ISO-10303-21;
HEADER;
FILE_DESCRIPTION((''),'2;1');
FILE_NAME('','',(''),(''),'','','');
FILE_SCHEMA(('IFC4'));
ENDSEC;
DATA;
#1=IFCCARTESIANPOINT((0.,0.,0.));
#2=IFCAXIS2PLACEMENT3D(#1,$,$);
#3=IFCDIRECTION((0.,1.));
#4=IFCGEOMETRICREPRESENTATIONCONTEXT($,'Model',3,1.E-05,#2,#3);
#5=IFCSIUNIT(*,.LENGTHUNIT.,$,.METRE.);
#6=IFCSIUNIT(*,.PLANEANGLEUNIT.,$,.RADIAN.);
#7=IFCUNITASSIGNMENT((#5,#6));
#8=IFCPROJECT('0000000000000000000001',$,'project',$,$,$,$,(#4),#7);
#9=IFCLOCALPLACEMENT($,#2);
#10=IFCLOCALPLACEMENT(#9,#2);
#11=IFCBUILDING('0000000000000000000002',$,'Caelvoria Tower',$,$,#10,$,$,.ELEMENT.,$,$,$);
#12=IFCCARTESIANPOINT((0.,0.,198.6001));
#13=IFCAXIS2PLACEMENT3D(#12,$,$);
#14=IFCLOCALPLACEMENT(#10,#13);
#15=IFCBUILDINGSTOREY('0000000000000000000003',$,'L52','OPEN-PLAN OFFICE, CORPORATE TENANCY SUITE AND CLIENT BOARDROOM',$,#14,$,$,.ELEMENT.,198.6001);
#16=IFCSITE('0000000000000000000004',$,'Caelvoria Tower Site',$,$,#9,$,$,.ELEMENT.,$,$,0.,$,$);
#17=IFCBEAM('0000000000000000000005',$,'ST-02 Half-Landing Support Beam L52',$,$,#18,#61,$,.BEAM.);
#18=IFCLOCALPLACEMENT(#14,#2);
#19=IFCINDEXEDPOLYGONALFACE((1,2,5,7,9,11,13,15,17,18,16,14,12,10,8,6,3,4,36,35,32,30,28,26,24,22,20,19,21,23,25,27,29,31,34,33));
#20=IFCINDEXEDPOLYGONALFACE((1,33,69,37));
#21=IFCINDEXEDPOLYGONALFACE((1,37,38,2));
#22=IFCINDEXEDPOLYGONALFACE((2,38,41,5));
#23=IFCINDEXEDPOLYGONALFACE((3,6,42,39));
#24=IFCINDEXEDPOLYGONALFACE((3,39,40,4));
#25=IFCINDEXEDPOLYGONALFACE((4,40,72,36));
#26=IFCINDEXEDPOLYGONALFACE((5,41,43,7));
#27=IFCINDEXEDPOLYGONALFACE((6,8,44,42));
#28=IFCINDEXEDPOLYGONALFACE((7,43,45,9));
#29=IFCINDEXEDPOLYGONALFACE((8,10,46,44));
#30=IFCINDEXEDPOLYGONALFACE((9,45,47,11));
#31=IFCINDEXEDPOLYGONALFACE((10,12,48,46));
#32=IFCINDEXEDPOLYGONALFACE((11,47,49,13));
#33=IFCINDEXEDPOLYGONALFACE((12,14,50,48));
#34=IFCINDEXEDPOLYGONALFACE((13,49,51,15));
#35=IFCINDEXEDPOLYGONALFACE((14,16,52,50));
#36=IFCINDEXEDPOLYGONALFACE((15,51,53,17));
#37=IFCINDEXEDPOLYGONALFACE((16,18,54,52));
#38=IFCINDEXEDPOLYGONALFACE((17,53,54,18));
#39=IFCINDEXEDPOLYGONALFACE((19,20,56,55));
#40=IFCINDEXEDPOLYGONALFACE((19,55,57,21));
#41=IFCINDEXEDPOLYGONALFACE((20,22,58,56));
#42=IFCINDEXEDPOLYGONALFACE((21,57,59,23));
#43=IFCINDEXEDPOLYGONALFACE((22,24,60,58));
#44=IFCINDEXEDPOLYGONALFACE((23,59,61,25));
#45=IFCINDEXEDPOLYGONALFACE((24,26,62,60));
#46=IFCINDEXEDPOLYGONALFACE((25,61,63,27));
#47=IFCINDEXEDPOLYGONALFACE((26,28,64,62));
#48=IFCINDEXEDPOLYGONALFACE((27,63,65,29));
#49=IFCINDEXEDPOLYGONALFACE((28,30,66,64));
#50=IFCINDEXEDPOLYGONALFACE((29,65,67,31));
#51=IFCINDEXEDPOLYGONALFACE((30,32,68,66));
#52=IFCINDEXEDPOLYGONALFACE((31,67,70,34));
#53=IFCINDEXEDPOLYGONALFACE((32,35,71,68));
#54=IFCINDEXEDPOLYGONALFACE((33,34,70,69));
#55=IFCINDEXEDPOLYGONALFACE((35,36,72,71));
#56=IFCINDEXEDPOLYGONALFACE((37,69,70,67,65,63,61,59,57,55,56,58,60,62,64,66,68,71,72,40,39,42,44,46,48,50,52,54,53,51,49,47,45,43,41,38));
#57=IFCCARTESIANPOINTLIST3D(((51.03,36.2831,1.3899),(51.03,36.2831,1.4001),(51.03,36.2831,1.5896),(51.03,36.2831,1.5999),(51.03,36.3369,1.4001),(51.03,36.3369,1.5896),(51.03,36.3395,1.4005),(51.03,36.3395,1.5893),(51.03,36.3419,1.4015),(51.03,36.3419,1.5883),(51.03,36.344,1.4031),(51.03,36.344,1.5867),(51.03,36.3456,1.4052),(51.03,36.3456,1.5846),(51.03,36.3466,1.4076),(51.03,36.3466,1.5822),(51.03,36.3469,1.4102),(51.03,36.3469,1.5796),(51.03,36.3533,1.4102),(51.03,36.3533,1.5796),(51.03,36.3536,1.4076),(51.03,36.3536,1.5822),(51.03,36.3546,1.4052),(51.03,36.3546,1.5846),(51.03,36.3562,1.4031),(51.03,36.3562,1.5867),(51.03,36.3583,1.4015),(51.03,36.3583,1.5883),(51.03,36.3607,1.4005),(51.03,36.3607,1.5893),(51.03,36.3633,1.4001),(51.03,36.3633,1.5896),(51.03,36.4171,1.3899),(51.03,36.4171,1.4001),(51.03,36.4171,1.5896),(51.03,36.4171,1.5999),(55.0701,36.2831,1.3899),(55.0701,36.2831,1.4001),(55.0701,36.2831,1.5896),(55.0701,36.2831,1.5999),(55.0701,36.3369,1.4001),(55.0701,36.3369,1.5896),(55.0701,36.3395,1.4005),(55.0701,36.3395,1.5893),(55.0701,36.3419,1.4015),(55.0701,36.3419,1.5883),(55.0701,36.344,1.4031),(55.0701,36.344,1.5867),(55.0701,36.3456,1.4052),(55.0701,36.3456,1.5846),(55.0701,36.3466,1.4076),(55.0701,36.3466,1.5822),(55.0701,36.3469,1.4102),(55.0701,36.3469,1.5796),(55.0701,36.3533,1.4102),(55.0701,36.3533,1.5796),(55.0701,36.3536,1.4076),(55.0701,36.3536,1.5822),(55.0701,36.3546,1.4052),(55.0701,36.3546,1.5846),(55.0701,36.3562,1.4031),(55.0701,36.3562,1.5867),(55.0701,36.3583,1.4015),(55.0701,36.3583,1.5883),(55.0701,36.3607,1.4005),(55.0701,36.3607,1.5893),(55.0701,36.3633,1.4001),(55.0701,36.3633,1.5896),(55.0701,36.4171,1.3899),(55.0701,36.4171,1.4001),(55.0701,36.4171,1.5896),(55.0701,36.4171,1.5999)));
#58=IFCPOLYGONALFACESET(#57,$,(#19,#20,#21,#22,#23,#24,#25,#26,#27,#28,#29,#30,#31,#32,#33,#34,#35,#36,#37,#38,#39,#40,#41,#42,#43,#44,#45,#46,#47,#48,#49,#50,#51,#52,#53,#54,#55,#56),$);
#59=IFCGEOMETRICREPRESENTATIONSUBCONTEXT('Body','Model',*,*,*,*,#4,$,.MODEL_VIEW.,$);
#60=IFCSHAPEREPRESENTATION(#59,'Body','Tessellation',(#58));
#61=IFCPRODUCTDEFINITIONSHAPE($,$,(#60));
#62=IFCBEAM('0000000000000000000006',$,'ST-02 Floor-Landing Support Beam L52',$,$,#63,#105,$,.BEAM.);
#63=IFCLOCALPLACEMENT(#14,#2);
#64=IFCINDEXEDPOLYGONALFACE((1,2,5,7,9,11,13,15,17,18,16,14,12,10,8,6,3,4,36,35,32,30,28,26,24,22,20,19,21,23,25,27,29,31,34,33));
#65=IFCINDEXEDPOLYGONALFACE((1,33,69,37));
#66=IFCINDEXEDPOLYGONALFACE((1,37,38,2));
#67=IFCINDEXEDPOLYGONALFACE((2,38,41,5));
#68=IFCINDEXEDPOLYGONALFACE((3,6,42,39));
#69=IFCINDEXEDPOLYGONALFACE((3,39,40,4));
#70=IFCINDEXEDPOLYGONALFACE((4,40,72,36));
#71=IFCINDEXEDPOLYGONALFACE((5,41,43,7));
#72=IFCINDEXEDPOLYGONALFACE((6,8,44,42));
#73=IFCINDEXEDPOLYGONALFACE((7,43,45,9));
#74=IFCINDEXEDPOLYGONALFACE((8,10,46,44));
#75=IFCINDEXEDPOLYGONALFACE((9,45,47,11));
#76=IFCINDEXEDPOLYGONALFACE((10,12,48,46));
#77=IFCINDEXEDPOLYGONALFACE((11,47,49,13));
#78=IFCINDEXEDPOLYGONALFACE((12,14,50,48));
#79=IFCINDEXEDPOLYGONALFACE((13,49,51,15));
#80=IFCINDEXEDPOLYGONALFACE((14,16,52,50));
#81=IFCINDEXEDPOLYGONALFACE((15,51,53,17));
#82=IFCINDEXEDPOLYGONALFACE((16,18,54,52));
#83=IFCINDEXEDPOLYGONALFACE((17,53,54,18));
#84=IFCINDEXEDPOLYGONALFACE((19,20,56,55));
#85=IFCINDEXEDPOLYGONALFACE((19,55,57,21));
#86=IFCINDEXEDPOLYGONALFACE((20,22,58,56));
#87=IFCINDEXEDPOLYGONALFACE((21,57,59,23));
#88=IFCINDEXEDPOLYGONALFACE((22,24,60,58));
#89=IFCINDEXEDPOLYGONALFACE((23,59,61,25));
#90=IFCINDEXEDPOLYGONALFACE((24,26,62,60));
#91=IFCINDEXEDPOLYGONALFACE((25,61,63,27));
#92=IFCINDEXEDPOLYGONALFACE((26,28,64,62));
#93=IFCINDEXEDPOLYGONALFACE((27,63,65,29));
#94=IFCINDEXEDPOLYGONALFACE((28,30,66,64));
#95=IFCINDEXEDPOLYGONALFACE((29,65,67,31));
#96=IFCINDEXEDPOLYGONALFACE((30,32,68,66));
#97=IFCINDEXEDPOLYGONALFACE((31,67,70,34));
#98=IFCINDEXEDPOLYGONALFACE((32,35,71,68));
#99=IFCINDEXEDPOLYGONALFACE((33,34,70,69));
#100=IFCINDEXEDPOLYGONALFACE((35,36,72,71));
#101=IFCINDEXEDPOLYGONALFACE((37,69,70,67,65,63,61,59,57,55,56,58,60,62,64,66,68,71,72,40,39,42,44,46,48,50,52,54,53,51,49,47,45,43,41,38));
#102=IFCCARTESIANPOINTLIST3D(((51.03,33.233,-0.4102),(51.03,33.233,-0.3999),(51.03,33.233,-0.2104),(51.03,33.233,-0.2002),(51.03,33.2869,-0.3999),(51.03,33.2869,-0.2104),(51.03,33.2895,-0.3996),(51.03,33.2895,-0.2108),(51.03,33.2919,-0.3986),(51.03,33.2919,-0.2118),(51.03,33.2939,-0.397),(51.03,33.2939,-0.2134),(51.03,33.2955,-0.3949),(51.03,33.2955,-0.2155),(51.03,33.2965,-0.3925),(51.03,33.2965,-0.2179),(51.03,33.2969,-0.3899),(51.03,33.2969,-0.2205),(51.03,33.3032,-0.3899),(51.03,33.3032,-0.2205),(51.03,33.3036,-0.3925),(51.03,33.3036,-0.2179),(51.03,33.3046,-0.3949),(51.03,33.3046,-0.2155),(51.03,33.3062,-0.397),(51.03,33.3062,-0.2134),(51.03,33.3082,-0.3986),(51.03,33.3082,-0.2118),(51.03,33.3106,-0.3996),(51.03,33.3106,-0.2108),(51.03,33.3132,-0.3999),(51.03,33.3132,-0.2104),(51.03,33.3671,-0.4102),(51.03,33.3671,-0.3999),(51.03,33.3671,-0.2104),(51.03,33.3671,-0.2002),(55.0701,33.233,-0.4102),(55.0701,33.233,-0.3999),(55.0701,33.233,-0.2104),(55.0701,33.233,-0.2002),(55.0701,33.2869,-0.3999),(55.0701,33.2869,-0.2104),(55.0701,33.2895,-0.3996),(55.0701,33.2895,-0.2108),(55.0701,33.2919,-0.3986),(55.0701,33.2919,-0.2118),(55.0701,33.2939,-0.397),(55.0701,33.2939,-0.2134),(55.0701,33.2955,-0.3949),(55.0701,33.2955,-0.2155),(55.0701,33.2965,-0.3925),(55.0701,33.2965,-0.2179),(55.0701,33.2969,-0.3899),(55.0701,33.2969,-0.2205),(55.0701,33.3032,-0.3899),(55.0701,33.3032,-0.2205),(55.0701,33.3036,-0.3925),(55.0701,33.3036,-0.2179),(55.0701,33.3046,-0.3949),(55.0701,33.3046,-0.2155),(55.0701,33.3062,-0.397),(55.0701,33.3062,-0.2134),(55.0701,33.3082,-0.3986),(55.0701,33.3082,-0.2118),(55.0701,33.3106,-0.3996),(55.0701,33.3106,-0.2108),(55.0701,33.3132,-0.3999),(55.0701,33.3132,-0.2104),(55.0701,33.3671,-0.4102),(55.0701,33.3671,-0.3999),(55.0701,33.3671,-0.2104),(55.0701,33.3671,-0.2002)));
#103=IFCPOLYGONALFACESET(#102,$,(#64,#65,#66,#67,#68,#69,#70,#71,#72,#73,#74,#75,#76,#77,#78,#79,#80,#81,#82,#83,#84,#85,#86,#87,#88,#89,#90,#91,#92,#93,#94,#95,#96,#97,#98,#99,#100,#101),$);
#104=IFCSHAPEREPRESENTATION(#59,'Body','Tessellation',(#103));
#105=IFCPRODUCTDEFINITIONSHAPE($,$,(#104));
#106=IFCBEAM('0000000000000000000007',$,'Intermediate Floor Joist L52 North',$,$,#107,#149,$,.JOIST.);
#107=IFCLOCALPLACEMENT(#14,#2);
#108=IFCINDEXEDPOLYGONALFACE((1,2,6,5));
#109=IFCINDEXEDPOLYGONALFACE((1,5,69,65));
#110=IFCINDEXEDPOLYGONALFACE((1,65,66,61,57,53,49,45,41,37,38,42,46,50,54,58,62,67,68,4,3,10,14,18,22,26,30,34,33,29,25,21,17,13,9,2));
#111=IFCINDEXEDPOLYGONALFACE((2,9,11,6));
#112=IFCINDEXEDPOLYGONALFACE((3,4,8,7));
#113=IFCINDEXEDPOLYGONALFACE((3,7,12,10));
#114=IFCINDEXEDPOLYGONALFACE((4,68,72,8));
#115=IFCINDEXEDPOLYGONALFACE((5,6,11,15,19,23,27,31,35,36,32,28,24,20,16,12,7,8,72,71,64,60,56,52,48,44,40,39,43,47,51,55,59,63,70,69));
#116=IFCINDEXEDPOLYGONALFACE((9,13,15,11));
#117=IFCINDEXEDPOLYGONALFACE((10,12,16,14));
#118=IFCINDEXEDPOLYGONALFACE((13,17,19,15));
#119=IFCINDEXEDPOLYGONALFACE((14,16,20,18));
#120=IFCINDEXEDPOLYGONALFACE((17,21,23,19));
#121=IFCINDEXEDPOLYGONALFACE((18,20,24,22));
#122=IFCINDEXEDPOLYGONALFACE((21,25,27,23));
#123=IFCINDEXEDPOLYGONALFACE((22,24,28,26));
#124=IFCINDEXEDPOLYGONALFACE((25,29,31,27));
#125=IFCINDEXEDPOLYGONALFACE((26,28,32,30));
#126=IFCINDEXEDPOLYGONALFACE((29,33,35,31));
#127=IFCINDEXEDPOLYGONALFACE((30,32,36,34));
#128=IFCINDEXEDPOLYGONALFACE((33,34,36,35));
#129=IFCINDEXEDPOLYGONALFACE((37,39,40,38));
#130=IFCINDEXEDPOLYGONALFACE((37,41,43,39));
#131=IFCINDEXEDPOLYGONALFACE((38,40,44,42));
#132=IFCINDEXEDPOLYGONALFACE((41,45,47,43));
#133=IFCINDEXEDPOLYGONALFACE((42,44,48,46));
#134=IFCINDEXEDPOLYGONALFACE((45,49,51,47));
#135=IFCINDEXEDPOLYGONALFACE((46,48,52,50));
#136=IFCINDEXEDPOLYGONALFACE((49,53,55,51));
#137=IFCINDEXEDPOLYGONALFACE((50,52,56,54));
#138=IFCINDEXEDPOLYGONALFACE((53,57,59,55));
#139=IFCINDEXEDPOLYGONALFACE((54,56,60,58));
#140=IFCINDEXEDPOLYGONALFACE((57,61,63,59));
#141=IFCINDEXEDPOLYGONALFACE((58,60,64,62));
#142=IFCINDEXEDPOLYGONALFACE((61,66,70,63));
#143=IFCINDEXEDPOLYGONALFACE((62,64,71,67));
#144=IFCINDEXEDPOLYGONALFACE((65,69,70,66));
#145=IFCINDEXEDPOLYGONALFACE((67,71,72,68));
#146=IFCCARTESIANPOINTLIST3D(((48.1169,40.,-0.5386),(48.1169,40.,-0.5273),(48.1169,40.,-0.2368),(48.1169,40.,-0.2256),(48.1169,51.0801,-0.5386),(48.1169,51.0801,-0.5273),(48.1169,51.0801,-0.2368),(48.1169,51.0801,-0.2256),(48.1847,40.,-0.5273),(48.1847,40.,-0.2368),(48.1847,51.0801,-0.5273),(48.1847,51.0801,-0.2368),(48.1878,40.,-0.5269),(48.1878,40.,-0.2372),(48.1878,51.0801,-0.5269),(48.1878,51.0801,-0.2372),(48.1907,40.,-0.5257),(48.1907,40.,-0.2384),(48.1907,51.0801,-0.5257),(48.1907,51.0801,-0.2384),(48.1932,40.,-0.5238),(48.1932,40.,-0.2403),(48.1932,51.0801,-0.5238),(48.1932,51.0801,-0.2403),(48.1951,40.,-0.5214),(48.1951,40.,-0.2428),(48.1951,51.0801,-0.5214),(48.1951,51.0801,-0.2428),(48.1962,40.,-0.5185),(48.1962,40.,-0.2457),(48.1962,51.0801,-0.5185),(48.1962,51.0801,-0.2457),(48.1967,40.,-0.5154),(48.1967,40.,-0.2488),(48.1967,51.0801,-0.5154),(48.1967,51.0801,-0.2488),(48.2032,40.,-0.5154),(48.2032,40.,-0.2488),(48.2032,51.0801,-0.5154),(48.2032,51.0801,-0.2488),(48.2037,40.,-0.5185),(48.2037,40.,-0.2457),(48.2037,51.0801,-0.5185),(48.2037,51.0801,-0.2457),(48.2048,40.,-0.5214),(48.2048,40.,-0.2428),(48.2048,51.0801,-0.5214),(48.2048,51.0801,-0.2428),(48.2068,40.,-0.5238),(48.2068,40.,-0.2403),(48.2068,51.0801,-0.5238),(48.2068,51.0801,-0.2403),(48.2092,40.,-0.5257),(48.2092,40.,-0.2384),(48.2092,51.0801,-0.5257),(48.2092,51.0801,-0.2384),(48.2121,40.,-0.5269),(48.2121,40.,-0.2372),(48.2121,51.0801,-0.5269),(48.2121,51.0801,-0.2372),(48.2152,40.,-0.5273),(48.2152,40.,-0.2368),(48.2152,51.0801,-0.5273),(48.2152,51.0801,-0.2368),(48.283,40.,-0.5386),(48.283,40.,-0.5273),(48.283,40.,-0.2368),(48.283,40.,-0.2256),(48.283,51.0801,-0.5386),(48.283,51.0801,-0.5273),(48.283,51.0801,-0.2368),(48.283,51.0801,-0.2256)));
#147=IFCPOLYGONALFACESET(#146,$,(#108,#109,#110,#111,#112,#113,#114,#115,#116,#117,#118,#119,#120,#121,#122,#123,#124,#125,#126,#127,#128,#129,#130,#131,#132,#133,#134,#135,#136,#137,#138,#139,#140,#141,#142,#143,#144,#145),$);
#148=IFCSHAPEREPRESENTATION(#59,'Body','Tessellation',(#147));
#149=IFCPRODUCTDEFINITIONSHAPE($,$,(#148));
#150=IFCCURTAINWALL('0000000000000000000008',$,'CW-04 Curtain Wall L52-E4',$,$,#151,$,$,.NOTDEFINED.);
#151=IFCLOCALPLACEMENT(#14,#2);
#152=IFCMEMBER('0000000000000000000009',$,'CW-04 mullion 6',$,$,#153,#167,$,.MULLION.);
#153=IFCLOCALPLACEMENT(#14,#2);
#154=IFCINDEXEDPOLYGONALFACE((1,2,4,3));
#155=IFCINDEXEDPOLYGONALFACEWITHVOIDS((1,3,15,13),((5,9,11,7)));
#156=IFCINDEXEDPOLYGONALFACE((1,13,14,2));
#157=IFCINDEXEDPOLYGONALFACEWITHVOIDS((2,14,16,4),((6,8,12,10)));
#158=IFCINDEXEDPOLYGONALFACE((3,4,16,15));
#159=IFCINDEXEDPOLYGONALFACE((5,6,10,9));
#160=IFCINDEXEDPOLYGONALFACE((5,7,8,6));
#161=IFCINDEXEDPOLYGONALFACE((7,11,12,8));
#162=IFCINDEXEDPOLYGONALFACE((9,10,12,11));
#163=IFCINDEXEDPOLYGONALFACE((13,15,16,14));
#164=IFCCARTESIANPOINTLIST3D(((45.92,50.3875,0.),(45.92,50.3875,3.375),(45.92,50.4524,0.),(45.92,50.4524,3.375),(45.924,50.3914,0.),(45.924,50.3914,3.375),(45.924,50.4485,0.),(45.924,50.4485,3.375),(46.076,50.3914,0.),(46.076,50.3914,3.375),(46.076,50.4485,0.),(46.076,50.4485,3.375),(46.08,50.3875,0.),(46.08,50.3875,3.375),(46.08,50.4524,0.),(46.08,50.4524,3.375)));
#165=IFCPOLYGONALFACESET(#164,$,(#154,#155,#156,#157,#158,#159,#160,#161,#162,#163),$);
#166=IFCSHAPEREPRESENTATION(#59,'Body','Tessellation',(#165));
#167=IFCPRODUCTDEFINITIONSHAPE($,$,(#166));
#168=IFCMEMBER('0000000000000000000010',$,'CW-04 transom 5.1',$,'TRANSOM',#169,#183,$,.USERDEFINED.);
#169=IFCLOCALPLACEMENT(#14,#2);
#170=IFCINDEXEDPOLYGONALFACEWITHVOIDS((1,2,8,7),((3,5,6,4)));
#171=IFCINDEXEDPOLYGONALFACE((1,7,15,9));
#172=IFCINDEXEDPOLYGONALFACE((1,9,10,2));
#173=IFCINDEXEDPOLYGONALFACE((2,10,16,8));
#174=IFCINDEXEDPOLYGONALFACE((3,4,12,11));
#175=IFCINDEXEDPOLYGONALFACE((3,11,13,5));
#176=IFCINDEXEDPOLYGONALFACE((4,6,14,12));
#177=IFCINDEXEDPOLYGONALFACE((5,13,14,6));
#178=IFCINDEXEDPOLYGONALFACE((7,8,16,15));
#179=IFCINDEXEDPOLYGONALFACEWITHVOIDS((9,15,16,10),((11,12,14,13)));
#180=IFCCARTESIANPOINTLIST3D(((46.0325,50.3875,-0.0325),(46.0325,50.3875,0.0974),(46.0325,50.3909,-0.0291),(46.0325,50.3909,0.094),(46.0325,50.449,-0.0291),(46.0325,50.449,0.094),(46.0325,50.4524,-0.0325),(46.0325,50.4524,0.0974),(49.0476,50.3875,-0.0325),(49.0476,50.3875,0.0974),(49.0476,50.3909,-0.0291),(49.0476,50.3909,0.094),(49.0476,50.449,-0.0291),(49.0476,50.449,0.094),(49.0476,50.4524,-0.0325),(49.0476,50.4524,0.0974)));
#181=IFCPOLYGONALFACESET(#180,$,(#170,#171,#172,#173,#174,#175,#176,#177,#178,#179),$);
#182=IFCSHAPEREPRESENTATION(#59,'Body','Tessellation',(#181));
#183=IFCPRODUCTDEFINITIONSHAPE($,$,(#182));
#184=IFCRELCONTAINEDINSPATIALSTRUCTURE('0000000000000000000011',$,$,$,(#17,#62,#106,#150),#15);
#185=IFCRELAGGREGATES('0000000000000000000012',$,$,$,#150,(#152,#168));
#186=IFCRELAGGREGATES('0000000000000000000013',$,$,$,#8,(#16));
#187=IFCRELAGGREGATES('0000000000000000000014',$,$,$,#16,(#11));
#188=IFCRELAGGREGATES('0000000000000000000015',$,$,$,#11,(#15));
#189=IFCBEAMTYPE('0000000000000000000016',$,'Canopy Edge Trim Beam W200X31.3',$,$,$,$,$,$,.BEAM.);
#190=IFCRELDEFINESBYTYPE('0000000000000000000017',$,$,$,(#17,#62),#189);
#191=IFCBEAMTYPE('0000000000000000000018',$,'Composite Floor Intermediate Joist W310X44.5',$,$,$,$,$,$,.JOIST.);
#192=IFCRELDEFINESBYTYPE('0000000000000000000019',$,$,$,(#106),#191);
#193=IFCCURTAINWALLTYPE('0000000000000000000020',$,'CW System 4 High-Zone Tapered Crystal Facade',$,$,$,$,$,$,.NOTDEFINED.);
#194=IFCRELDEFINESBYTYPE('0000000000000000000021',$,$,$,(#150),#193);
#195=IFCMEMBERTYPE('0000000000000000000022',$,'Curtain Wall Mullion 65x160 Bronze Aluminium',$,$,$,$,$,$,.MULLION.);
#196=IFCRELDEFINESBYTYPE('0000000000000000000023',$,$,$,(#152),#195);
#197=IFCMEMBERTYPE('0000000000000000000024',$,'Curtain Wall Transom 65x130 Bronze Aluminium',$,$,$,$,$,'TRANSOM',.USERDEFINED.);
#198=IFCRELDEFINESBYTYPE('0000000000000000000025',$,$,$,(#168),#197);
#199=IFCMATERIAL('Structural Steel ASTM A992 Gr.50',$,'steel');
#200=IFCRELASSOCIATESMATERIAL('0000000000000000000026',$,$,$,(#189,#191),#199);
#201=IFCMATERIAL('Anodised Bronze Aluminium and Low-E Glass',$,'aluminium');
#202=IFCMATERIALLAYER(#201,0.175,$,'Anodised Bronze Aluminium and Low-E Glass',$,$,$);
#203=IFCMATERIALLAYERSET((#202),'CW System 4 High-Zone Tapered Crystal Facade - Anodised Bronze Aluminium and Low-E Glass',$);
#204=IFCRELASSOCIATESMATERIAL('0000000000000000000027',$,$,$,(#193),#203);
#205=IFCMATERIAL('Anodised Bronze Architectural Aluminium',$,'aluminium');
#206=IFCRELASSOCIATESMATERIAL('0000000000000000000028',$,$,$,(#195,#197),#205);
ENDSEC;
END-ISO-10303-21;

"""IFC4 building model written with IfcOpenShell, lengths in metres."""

from ifc_helpers import new_model, si_unit, direction, frame, origin, origin_2d, place, context, subcontext, project, spatial, hollow_rectangle, i_section, extrude, material, layer, layer_set, material_profile, profile_set, type_object, element, aggregate, save


model = new_model("IFC4")

# Units and contexts
model_context = context("Model", 3, precision=1e-05, world=origin(), true_north=direction((0.0, 1.0)))
body_context = subcontext(model_context, "Body", "Model", "MODEL_VIEW")
ifc_project = project(units=[si_unit("LENGTHUNIT", "METRE"), si_unit("PLANEANGLEUNIT", "RADIAN")], contexts=[model_context])

# Site, building, storey
site_placement = place(None, origin())
site = spatial("IfcSite", under=ifc_project, at=site_placement, Name="Caelvoria Tower Site", CompositionType="ELEMENT", RefElevation=0.0)
building_placement = place(site_placement, origin())
building = spatial("IfcBuilding", under=site, at=building_placement, Name="Caelvoria Tower", CompositionType="ELEMENT")
storey_placement = place(building_placement, frame((0.0, 0.0, 198.6001)))
storey = spatial("IfcBuildingStorey", under=building, at=storey_placement, Name="L52", Description="OPEN-PLAN OFFICE, CORPORATE TENANCY SUITE AND CLIENT BOARDROOM", CompositionType="ELEMENT", Elevation=198.6001)

# Beams
ifc_material_1 = material(Name="Structural Steel ASTM A992 Gr.50", Category="steel")
ifc_material_profile_1 = material_profile(ifc_material_1, i_section(OverallWidth=0.134, OverallDepth=0.21, WebThickness=0.0063, FlangeThickness=0.0103, FilletRadius=0.01, at=origin_2d()), Name="Structural Steel ASTM A992 Gr.50")
ifc_profile_set_1 = profile_set([ifc_material_profile_1], Name="W200X31.3 - Structural Steel ASTM A992 Gr.50")
beam_type_1 = type_object("IfcBeamType", Name="Canopy Edge Trim Beam W200X31.3", PredefinedType="BEAM", material=ifc_profile_set_1)
for number, where, z_axis, x_axis, name in (
    (1, (51.03, 36.3501, 1.4949), (1.0, 0.0, 0.0), (0.0, 1.0, 0.0), "ST-02 Half-Landing Support Beam L52"),
    (2, (51.03, 33.3, -0.3052), (1.0, 0.0, 0.0), (0.0, 1.0, 0.0), "ST-02 Floor-Landing Support Beam L52"),
):
    element("IfcBeam", number, at=place(storey_placement, frame(where, z_axis=z_axis, x_axis=x_axis)), inside=storey, type_object=beam_type_1, Name=name, PredefinedType="BEAM", context=body_context, shape_type="SweptSolid", body=[
        extrude(i_section(OverallWidth=0.134, OverallDepth=0.21, WebThickness=0.0063, FlangeThickness=0.0103, FilletRadius=0.01, at=origin_2d()), origin(), (0.0, 0.0, 1.0), 4.04),
    ])
ifc_material_profile_2 = material_profile(ifc_material_1, i_section(OverallWidth=0.166, OverallDepth=0.313, WebThickness=0.0066, FlangeThickness=0.0112, FilletRadius=0.012, at=origin_2d()), Name="Structural Steel ASTM A992 Gr.50")
ifc_profile_set_2 = profile_set([ifc_material_profile_2], Name="W310X44.5 - Structural Steel ASTM A992 Gr.50")
beam_type_2 = type_object("IfcBeamType", Name="Composite Floor Intermediate Joist W310X44.5", PredefinedType="JOIST", material=ifc_profile_set_2)
beam_1_placement = place(storey_placement, frame((48.2, 40.0, -0.3821), z_axis=(0.0, 1.0, 0.0), x_axis=(-1.0, 0.0, 0.0)))
element("IfcBeam", 3, at=beam_1_placement, inside=storey, type_object=beam_type_2, Name="Intermediate Floor Joist L52 North", PredefinedType="JOIST", context=body_context, shape_type="SweptSolid", body=[
    extrude(i_section(OverallWidth=0.166, OverallDepth=0.313, WebThickness=0.0066, FlangeThickness=0.0112, FilletRadius=0.012, at=origin_2d()), origin(), (0.0, 0.0, 1.0), 11.0801),
])

# Curtain wall, members
ifc_material_2 = material(Name="Anodised Bronze Aluminium and Low-E Glass", Category="aluminium")
ifc_layer_1 = layer(ifc_material_2, 0.175, Name="Anodised Bronze Aluminium and Low-E Glass")
ifc_layer_set_1 = layer_set([ifc_layer_1], Name="CW System 4 High-Zone Tapered Crystal Facade - Anodised Bronze Aluminium and Low-E Glass")
curtain_wall_type = type_object("IfcCurtainWallType", Name="CW System 4 High-Zone Tapered Crystal Facade", PredefinedType="NOTDEFINED", material=ifc_layer_set_1)
curtain_wall_placement = place(storey_placement, origin())
curtain_wall = element("IfcCurtainWall", 4, at=curtain_wall_placement, inside=storey, type_object=curtain_wall_type, Name="CW-04 Curtain Wall L52-E4", PredefinedType="NOTDEFINED")
ifc_material_3 = material(Name="Anodised Bronze Architectural Aluminium", Category="aluminium")
ifc_material_profile_3 = material_profile(ifc_material_3, hollow_rectangle(XDim=0.0649, YDim=0.1599, WallThickness=0.0039, at=origin_2d()), Name="Anodised Bronze Architectural Aluminium")
ifc_profile_set_3 = profile_set([ifc_material_profile_3], Name="CW_MULL_65X160 - Anodised Bronze Architectural Aluminium")
member_type_1 = type_object("IfcMemberType", Name="Curtain Wall Mullion 65x160 Bronze Aluminium", PredefinedType="MULLION", material=ifc_profile_set_3)
member_1_placement = place(storey_placement, frame((46.0, 50.4199, 0.0), z_axis=(0.0, 0.0, 1.0), x_axis=(0.0, -1.0, 0.0)))
member_1 = element("IfcMember", 5, at=member_1_placement, type_object=member_type_1, Name="CW-04 mullion 6", PredefinedType="MULLION", context=body_context, shape_type="SweptSolid", body=[
    extrude(hollow_rectangle(XDim=0.0649, YDim=0.1599, WallThickness=0.0039, at=origin_2d()), origin(), (0.0, 0.0, 1.0), 3.375),
])
ifc_material_profile_4 = material_profile(ifc_material_3, hollow_rectangle(XDim=0.0649, YDim=0.1299, WallThickness=0.0034, at=origin_2d()), Name="Anodised Bronze Architectural Aluminium")
ifc_profile_set_4 = profile_set([ifc_material_profile_4], Name="CW_TRAN_65X130 - Anodised Bronze Architectural Aluminium")
member_type_2 = type_object("IfcMemberType", Name="Curtain Wall Transom 65x130 Bronze Aluminium", ElementType="TRANSOM", PredefinedType="USERDEFINED", material=ifc_profile_set_4)
member_2_placement = place(storey_placement, frame((49.0476, 50.4199, 0.0325), z_axis=(-1.0, 0.0, 0.0), x_axis=(0.0, -1.0, 0.0)))
member_2 = element("IfcMember", 6, at=member_2_placement, type_object=member_type_2, Name="CW-04 transom 5.1", ObjectType="TRANSOM", PredefinedType="USERDEFINED", context=body_context, shape_type="SweptSolid", body=[
    extrude(hollow_rectangle(XDim=0.0649, YDim=0.1299, WallThickness=0.0034, at=origin_2d()), origin(), (0.0, 0.0, 1.0), 3.0151),
])

aggregate(curtain_wall, [member_1, member_2])

save(model, "model.ifc")
